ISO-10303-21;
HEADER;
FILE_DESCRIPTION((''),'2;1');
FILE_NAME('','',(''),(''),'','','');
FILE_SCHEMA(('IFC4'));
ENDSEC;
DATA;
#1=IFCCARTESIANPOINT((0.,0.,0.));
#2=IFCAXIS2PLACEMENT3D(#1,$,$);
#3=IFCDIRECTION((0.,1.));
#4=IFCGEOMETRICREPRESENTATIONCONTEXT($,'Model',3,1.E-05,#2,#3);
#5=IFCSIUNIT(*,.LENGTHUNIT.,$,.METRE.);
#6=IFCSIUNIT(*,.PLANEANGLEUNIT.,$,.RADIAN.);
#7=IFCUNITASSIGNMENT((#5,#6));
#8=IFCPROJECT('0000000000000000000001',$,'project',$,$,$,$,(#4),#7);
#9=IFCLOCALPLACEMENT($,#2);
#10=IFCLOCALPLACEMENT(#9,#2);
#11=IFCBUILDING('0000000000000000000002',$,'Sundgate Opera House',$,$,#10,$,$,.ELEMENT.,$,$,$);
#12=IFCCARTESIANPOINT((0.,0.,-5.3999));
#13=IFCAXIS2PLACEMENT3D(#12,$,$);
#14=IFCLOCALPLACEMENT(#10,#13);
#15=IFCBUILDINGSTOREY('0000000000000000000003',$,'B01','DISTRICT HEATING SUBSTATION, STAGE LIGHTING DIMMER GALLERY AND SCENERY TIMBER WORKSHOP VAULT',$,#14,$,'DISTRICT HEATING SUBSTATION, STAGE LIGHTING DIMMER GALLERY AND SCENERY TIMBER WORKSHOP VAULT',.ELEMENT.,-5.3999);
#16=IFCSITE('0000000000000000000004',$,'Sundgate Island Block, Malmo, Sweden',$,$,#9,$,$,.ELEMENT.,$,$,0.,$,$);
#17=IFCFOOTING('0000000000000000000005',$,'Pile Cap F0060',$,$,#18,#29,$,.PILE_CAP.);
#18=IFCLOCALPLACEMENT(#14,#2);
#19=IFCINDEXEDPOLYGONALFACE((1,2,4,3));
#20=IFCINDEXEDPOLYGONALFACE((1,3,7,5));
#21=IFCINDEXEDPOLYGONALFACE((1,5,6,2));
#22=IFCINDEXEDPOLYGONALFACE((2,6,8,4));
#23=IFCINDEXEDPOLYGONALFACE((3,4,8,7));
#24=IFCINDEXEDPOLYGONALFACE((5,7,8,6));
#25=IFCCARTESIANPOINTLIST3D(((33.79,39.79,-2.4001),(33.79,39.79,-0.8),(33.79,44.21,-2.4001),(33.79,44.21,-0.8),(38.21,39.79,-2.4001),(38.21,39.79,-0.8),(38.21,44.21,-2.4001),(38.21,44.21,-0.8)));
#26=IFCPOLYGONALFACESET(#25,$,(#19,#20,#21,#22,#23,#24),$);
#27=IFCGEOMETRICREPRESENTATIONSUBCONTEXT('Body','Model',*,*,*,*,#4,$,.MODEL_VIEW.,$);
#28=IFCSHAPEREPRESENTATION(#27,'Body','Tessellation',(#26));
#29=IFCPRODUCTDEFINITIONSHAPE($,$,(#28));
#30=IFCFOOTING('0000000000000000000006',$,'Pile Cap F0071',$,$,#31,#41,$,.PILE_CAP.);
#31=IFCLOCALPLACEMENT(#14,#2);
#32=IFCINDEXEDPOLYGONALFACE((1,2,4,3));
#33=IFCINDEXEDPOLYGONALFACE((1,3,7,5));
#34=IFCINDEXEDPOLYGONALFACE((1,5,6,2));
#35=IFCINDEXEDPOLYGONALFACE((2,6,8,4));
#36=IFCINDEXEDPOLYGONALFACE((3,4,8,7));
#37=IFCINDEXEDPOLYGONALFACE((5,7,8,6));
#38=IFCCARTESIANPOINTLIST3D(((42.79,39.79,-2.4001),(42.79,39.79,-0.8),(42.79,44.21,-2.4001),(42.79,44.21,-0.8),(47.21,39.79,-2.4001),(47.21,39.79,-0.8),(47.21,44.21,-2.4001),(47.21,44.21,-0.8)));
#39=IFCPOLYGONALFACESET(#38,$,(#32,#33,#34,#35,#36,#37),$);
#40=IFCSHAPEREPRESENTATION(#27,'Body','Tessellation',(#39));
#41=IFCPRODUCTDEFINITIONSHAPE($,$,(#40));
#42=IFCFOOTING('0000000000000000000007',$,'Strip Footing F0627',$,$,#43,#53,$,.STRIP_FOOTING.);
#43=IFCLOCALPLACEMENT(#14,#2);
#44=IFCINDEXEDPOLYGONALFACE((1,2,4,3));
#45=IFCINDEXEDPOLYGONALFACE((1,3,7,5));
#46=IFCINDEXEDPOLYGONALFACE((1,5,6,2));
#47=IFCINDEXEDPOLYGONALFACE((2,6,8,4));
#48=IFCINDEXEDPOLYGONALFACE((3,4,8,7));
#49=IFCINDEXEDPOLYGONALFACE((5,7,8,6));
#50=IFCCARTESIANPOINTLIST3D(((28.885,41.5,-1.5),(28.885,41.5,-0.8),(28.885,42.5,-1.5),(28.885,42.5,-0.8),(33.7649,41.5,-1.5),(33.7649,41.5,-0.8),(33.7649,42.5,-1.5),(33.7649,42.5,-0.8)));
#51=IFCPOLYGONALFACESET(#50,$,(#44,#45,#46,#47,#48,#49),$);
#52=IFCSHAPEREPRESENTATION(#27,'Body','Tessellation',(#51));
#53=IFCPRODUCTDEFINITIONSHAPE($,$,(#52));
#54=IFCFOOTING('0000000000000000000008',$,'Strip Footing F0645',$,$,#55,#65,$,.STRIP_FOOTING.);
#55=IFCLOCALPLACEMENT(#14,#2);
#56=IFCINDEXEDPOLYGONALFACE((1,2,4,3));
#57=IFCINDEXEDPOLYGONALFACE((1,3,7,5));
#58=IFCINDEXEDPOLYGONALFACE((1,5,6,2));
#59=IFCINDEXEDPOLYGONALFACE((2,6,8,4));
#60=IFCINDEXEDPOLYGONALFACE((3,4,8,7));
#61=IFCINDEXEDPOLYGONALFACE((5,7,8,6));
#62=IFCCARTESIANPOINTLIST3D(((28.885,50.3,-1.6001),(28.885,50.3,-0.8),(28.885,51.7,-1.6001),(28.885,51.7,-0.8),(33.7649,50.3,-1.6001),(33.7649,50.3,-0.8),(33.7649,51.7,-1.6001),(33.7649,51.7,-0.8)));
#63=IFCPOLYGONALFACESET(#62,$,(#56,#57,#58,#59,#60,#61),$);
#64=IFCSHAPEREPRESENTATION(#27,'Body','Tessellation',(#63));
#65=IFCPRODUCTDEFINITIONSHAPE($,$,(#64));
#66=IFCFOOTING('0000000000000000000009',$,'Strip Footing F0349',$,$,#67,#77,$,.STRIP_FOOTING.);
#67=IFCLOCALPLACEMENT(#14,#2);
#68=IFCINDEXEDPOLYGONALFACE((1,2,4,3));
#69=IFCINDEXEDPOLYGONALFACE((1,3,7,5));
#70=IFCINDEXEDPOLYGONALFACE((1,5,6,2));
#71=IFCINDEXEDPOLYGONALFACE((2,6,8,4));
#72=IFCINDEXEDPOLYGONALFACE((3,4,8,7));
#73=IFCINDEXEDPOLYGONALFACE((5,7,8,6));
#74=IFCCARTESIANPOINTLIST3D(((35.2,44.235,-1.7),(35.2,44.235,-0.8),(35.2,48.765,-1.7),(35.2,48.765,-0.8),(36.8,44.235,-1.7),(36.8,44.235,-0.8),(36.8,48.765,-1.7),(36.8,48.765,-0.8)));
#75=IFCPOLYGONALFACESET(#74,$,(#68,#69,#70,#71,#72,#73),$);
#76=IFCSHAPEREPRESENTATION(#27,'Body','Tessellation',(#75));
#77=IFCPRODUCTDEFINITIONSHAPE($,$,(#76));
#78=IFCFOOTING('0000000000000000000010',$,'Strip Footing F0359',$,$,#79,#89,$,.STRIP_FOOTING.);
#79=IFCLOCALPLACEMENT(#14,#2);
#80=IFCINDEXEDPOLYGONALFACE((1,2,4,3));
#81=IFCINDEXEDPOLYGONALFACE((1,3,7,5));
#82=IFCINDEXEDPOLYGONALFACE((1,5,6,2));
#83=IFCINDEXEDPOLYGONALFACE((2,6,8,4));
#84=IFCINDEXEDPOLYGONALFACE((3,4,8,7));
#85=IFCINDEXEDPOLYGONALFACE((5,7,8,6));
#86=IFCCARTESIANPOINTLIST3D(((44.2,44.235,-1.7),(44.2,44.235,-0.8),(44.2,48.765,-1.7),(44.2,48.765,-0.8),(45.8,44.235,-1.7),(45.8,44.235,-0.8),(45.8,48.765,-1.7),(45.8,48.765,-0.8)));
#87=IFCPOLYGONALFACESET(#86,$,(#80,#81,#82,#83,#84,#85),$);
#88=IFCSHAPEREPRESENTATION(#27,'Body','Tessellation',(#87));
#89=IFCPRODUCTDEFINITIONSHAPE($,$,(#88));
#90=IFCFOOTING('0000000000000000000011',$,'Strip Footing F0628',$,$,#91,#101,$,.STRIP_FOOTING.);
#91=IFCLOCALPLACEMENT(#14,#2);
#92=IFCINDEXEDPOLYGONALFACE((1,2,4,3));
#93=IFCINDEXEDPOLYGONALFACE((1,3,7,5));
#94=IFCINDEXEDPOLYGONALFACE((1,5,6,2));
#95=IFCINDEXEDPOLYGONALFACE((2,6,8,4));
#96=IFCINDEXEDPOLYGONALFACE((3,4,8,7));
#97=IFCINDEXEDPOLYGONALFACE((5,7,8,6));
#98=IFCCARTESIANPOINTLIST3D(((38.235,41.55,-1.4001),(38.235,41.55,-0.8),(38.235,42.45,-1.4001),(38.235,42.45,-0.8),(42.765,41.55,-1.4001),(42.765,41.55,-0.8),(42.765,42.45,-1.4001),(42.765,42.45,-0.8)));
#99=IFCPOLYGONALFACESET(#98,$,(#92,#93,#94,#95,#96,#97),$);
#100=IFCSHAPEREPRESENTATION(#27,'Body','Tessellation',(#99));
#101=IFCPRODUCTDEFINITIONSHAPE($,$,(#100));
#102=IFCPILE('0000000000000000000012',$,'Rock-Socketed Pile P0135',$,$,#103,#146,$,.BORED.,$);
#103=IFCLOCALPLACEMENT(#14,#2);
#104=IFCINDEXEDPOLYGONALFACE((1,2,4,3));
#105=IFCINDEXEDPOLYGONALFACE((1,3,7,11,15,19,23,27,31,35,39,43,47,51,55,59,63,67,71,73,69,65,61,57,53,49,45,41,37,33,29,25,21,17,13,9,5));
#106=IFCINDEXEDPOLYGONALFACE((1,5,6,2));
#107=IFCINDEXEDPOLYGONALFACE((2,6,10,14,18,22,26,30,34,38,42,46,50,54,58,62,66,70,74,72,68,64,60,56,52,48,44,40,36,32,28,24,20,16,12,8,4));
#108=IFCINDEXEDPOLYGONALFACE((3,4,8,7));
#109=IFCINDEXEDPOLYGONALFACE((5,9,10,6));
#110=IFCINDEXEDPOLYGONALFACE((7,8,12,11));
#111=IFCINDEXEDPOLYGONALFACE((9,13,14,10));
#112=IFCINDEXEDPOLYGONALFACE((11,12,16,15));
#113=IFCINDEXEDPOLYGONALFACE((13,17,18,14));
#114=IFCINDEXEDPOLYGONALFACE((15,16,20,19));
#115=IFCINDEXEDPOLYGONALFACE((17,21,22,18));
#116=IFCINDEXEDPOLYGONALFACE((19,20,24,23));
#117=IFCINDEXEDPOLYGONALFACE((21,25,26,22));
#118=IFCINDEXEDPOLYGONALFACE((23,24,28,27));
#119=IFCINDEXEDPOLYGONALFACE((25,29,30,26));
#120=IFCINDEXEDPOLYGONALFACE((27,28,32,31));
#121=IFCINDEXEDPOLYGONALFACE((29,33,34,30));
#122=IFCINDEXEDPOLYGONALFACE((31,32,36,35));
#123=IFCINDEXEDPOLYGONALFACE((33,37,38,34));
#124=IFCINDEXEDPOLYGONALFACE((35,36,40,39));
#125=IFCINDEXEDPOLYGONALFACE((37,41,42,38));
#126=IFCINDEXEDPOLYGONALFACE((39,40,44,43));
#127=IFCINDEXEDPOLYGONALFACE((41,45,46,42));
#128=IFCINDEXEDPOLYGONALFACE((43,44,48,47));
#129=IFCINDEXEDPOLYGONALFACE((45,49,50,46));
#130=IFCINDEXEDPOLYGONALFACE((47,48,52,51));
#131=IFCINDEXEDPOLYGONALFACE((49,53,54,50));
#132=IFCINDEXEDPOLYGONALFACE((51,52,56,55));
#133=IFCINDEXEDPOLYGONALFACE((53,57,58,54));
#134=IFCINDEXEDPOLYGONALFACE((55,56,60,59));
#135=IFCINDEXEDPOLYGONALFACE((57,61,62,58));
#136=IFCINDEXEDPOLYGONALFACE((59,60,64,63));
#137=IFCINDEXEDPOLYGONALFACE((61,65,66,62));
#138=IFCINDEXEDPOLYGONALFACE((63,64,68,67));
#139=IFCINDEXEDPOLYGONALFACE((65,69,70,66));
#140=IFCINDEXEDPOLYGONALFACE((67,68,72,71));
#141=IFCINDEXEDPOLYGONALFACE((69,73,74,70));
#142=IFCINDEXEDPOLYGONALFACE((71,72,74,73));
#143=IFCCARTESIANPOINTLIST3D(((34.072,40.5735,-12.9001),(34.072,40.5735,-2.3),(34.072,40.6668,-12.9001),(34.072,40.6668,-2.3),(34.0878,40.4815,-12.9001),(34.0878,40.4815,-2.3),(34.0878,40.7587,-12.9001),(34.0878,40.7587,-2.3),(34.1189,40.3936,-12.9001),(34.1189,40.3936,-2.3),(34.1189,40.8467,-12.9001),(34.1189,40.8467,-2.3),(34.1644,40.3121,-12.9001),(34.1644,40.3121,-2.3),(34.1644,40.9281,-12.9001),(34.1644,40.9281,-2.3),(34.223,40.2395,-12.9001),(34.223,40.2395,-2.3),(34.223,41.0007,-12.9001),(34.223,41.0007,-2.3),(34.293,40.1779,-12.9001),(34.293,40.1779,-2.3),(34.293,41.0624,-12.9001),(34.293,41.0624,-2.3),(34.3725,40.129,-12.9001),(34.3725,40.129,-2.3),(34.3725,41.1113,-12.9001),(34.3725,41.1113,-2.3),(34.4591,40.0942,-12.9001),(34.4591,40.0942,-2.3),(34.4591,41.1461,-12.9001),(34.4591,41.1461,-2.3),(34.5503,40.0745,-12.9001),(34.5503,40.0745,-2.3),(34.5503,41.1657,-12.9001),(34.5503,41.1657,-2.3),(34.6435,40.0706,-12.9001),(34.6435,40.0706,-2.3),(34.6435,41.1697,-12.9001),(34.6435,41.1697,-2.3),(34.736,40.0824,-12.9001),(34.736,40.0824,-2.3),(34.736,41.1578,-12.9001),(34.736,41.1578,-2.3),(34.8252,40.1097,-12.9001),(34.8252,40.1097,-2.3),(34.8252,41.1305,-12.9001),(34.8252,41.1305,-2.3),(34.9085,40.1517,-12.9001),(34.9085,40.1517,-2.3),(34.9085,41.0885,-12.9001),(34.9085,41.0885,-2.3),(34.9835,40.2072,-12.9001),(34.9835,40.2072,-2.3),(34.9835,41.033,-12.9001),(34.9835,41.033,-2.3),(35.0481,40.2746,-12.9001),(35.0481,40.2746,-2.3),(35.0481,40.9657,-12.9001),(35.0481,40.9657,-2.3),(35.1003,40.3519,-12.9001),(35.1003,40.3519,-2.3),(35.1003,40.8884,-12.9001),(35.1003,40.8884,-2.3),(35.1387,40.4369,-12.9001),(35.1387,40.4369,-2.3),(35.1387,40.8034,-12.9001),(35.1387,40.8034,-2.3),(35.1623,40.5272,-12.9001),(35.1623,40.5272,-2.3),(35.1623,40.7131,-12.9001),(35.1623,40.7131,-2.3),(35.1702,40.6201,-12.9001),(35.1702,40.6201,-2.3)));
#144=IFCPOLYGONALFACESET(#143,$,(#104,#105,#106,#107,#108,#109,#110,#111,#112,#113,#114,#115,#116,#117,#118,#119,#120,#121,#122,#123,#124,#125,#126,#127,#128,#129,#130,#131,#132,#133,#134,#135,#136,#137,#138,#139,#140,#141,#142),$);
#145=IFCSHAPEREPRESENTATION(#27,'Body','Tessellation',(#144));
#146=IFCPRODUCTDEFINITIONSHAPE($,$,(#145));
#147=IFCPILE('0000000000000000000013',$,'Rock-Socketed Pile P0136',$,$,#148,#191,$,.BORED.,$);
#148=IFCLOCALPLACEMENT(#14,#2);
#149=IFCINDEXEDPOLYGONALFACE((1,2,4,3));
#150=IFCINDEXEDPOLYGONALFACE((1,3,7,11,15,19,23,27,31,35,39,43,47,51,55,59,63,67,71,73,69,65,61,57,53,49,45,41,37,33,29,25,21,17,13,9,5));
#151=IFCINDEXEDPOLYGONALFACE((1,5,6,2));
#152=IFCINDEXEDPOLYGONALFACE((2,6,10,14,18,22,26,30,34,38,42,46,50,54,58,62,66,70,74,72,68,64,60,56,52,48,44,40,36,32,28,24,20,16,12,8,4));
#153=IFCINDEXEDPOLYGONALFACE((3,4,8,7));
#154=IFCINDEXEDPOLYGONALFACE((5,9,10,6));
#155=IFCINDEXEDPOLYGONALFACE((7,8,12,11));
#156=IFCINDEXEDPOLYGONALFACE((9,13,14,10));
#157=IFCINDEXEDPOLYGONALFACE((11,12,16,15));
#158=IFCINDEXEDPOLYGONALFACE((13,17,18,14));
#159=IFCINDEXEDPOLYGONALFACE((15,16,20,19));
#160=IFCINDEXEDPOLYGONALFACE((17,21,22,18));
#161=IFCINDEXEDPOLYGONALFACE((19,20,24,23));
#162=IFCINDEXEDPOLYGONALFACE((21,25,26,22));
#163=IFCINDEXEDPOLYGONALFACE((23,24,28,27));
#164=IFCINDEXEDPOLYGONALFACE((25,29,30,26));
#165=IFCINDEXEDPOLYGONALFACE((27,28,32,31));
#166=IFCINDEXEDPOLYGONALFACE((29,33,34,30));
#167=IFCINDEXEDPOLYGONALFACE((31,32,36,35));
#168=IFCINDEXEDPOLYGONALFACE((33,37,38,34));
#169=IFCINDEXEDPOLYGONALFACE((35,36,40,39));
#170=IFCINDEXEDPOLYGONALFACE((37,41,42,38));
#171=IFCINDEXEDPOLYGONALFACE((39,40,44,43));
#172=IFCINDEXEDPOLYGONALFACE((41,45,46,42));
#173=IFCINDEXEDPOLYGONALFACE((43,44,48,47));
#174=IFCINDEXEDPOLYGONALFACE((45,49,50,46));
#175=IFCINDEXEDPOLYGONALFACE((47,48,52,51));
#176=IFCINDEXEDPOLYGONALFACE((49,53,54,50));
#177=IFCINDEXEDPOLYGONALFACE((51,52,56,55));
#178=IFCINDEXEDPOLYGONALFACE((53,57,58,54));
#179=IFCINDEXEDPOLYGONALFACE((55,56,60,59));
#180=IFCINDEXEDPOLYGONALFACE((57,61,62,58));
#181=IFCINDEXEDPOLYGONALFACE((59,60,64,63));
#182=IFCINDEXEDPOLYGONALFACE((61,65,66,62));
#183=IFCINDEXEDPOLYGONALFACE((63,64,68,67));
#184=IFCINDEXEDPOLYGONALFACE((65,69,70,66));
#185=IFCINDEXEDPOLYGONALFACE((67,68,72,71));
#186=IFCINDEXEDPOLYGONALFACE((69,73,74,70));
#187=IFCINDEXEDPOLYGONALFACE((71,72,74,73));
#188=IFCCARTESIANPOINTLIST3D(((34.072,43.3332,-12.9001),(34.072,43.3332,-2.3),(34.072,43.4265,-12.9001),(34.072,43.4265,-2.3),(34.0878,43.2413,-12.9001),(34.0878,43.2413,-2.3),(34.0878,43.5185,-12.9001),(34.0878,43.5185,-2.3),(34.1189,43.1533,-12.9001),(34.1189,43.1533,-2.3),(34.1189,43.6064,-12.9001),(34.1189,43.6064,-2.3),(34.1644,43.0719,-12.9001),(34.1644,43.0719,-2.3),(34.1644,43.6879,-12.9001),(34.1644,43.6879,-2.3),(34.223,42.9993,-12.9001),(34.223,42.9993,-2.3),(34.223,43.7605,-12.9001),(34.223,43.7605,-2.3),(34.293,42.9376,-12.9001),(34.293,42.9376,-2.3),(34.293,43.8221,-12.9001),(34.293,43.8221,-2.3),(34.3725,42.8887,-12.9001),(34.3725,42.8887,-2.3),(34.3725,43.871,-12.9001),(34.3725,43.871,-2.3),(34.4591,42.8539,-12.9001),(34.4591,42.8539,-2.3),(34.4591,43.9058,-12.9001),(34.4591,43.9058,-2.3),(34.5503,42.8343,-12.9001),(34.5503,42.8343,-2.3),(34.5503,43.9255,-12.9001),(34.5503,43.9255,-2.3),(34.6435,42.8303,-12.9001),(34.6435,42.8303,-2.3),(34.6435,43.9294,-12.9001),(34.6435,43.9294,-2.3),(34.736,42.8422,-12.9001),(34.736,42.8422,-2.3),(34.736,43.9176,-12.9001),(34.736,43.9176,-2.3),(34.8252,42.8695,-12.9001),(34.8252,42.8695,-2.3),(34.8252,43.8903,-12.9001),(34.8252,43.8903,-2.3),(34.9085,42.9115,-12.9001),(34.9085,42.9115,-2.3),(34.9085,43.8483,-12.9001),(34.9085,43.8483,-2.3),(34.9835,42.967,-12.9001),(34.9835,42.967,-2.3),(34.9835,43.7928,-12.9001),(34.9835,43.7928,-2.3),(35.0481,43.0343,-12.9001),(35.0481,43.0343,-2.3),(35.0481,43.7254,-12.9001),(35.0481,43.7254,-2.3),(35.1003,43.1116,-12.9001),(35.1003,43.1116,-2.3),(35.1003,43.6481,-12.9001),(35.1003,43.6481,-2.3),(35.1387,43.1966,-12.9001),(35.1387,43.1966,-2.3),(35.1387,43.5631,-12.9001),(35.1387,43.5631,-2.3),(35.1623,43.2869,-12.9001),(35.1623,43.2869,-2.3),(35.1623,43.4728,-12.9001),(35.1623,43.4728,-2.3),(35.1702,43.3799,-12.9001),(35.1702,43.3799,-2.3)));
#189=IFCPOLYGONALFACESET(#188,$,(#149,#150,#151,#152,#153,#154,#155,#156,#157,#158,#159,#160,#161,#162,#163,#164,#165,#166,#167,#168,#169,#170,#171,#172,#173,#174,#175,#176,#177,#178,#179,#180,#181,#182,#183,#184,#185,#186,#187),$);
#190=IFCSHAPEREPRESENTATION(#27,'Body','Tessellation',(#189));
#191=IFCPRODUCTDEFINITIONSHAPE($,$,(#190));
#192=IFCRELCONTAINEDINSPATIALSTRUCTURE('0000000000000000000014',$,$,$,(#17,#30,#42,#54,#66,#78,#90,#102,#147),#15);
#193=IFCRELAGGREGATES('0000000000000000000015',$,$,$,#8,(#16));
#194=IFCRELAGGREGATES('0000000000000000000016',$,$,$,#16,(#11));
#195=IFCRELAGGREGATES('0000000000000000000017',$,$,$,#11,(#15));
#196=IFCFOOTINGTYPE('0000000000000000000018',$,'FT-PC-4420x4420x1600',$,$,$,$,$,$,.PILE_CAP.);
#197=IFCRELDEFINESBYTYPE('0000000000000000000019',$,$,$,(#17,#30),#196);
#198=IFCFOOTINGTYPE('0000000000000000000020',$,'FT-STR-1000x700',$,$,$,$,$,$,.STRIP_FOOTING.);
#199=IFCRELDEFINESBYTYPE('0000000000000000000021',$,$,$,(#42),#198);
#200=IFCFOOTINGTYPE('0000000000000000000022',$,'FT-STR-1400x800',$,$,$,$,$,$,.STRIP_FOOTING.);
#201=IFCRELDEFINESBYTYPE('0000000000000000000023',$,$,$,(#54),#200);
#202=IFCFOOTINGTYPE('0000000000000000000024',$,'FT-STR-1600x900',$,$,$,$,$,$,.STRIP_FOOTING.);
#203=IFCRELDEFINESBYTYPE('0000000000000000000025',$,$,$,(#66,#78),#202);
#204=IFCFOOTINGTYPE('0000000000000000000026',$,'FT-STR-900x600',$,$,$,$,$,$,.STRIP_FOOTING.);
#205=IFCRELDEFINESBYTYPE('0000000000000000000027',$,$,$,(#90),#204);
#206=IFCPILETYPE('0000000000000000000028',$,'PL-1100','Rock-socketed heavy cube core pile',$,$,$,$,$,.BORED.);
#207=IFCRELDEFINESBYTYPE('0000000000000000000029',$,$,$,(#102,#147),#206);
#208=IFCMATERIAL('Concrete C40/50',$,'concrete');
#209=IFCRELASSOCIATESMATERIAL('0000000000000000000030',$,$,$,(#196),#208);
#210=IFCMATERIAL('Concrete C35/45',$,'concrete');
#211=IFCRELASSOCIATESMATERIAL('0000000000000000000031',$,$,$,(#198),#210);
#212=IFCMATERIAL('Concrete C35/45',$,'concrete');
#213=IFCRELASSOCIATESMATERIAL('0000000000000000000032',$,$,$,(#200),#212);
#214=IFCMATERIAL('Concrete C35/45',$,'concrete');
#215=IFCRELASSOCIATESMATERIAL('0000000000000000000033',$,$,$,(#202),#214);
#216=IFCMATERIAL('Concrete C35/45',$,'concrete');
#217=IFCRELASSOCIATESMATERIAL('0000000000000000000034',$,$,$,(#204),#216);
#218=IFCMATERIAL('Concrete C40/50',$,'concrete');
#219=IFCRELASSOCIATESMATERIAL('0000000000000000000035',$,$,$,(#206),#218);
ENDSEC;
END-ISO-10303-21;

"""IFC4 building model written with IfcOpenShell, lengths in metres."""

from ifc_helpers import new_model, si_unit, direction, frame, origin, origin_2d, place, context, subcontext, project, spatial, rectangle, circle, extrude, material, material_profile, profile_set, type_object, element, save


model = new_model("IFC4")

# Units and contexts
model_context = context("Model", 3, precision=1e-05, world=origin(), true_north=direction((0.0, 1.0)))
body_context = subcontext(model_context, "Body", "Model", "MODEL_VIEW")
ifc_project = project(units=[si_unit("LENGTHUNIT", "METRE"), si_unit("PLANEANGLEUNIT", "RADIAN")], contexts=[model_context])

# Site, building, storey
site_placement = place(None, origin())
site = spatial("IfcSite", under=ifc_project, at=site_placement, Name="Sundgate Island Block, Malmo, Sweden", CompositionType="ELEMENT", RefElevation=0.0)
building_placement = place(site_placement, origin())
building = spatial("IfcBuilding", under=site, at=building_placement, Name="Sundgate Opera House", CompositionType="ELEMENT")
storey_placement = place(building_placement, frame((0.0, 0.0, -5.3999)))
storey = spatial("IfcBuildingStorey", under=building, at=storey_placement, Name="B01", Description="DISTRICT HEATING SUBSTATION, STAGE LIGHTING DIMMER GALLERY AND SCENERY TIMBER WORKSHOP VAULT", LongName="DISTRICT HEATING SUBSTATION, STAGE LIGHTING DIMMER GALLERY AND SCENERY TIMBER WORKSHOP VAULT", CompositionType="ELEMENT", Elevation=-5.3999)

# Footings
ifc_material_1 = material(Name="Concrete C40/50", Category="concrete")
footing_type_1 = type_object("IfcFootingType", Name="FT-PC-4420x4420x1600", PredefinedType="PILE_CAP", material=ifc_material_1)
for number, where, z_axis, x_axis, name in (
    (1, (36.0, 42.0, -2.4001), (0.0, 0.0, 1.0), (1.0, 0.0, 0.0), "Pile Cap F0060"),
    (2, (45.0, 42.0, -2.4001), (0.0, 0.0, 1.0), (1.0, 0.0, 0.0), "Pile Cap F0071"),
):
    element("IfcFooting", number, at=place(storey_placement, frame(where, z_axis=z_axis, x_axis=x_axis)), inside=storey, type_object=footing_type_1, Name=name, PredefinedType="PILE_CAP", context=body_context, shape_type="SweptSolid", body=[
        extrude(rectangle(XDim=4.4199, YDim=4.4199, at=origin_2d()), origin(), (0.0, 0.0, 1.0), 1.6001),
    ])
ifc_material_2 = material(Name="Concrete C35/45", Category="concrete")
footing_type_2 = type_object("IfcFootingType", Name="FT-STR-1000x700", PredefinedType="STRIP_FOOTING", material=ifc_material_2)
footing_1_placement = place(storey_placement, frame((31.325, 42.0, -1.5), z_axis=(0.0, 0.0, 1.0), x_axis=(1.0, 0.0, 0.0)))
element("IfcFooting", 3, at=footing_1_placement, inside=storey, type_object=footing_type_2, Name="Strip Footing F0627", PredefinedType="STRIP_FOOTING", context=body_context, shape_type="SweptSolid", body=[
    extrude(rectangle(XDim=4.8799, YDim=1.0, at=origin_2d()), origin(), (0.0, 0.0, 1.0), 0.7),
])
ifc_material_3 = material(Name="Concrete C35/45", Category="concrete")
footing_type_3 = type_object("IfcFootingType", Name="FT-STR-1400x800", PredefinedType="STRIP_FOOTING", material=ifc_material_3)
footing_2_placement = place(storey_placement, frame((31.325, 51.0, -1.6001), z_axis=(0.0, 0.0, 1.0), x_axis=(1.0, 0.0, 0.0)))
element("IfcFooting", 4, at=footing_2_placement, inside=storey, type_object=footing_type_3, Name="Strip Footing F0645", PredefinedType="STRIP_FOOTING", context=body_context, shape_type="SweptSolid", body=[
    extrude(rectangle(XDim=4.8799, YDim=1.3999, at=origin_2d()), origin(), (0.0, 0.0, 1.0), 0.8),
])
ifc_material_4 = material(Name="Concrete C35/45", Category="concrete")
footing_type_4 = type_object("IfcFootingType", Name="FT-STR-1600x900", PredefinedType="STRIP_FOOTING", material=ifc_material_4)
for number, where, z_axis, x_axis, name in (
    (5, (36.0, 46.5, -1.7), (0.0, 0.0, 1.0), (1.0, 0.0, 0.0), "Strip Footing F0349"),
    (6, (45.0, 46.5, -1.7), (0.0, 0.0, 1.0), (1.0, 0.0, 0.0), "Strip Footing F0359"),
):
    element("IfcFooting", number, at=place(storey_placement, frame(where, z_axis=z_axis, x_axis=x_axis)), inside=storey, type_object=footing_type_4, Name=name, PredefinedType="STRIP_FOOTING", context=body_context, shape_type="SweptSolid", body=[
        extrude(rectangle(XDim=1.6001, YDim=4.53, at=origin_2d()), origin(), (0.0, 0.0, 1.0), 0.8999),
    ])
ifc_material_5 = material(Name="Concrete C35/45", Category="concrete")
footing_type_5 = type_object("IfcFootingType", Name="FT-STR-900x600", PredefinedType="STRIP_FOOTING", material=ifc_material_5)
footing_3_placement = place(storey_placement, frame((40.5, 42.0, -1.4001), z_axis=(0.0, 0.0, 1.0), x_axis=(1.0, 0.0, 0.0)))
element("IfcFooting", 7, at=footing_3_placement, inside=storey, type_object=footing_type_5, Name="Strip Footing F0628", PredefinedType="STRIP_FOOTING", context=body_context, shape_type="SweptSolid", body=[
    extrude(rectangle(XDim=4.53, YDim=0.8999, at=origin_2d()), origin(), (0.0, 0.0, 1.0), 0.6001),
])

# Piles
ifc_material_6 = material(Name="Concrete C40/50", Category="concrete")
ifc_material_profile_1 = material_profile(ifc_material_6, circle(Radius=0.55, at=origin_2d()), Name="PILE D1100")
ifc_profile_set_1 = profile_set([ifc_material_profile_1], Name="Concrete C40/50")
pile_type_1 = type_object("IfcPileType", Name="PL-1100", Description="Rock-socketed heavy cube core pile", PredefinedType="BORED", material=ifc_profile_set_1)
for number, where, z_axis, x_axis, name in (
    (8, (34.6201, 40.6201, -2.3), (0.0, 0.0, -1.0), (1.0, 0.0, 0.0), "Rock-Socketed Pile P0135"),
    (9, (34.6201, 43.3799, -2.3), (0.0, 0.0, -1.0), (1.0, 0.0, 0.0), "Rock-Socketed Pile P0136"),
):
    element("IfcPile", number, at=place(storey_placement, frame(where, z_axis=z_axis, x_axis=x_axis)), inside=storey, type_object=pile_type_1, Name=name, PredefinedType="BORED", context=body_context, shape_type="SweptSolid", body=[
        extrude(circle(Radius=0.55, at=origin_2d()), origin(), (0.0, 0.0, 1.0), 10.6001),
    ])

save(model, "model.ifc")
